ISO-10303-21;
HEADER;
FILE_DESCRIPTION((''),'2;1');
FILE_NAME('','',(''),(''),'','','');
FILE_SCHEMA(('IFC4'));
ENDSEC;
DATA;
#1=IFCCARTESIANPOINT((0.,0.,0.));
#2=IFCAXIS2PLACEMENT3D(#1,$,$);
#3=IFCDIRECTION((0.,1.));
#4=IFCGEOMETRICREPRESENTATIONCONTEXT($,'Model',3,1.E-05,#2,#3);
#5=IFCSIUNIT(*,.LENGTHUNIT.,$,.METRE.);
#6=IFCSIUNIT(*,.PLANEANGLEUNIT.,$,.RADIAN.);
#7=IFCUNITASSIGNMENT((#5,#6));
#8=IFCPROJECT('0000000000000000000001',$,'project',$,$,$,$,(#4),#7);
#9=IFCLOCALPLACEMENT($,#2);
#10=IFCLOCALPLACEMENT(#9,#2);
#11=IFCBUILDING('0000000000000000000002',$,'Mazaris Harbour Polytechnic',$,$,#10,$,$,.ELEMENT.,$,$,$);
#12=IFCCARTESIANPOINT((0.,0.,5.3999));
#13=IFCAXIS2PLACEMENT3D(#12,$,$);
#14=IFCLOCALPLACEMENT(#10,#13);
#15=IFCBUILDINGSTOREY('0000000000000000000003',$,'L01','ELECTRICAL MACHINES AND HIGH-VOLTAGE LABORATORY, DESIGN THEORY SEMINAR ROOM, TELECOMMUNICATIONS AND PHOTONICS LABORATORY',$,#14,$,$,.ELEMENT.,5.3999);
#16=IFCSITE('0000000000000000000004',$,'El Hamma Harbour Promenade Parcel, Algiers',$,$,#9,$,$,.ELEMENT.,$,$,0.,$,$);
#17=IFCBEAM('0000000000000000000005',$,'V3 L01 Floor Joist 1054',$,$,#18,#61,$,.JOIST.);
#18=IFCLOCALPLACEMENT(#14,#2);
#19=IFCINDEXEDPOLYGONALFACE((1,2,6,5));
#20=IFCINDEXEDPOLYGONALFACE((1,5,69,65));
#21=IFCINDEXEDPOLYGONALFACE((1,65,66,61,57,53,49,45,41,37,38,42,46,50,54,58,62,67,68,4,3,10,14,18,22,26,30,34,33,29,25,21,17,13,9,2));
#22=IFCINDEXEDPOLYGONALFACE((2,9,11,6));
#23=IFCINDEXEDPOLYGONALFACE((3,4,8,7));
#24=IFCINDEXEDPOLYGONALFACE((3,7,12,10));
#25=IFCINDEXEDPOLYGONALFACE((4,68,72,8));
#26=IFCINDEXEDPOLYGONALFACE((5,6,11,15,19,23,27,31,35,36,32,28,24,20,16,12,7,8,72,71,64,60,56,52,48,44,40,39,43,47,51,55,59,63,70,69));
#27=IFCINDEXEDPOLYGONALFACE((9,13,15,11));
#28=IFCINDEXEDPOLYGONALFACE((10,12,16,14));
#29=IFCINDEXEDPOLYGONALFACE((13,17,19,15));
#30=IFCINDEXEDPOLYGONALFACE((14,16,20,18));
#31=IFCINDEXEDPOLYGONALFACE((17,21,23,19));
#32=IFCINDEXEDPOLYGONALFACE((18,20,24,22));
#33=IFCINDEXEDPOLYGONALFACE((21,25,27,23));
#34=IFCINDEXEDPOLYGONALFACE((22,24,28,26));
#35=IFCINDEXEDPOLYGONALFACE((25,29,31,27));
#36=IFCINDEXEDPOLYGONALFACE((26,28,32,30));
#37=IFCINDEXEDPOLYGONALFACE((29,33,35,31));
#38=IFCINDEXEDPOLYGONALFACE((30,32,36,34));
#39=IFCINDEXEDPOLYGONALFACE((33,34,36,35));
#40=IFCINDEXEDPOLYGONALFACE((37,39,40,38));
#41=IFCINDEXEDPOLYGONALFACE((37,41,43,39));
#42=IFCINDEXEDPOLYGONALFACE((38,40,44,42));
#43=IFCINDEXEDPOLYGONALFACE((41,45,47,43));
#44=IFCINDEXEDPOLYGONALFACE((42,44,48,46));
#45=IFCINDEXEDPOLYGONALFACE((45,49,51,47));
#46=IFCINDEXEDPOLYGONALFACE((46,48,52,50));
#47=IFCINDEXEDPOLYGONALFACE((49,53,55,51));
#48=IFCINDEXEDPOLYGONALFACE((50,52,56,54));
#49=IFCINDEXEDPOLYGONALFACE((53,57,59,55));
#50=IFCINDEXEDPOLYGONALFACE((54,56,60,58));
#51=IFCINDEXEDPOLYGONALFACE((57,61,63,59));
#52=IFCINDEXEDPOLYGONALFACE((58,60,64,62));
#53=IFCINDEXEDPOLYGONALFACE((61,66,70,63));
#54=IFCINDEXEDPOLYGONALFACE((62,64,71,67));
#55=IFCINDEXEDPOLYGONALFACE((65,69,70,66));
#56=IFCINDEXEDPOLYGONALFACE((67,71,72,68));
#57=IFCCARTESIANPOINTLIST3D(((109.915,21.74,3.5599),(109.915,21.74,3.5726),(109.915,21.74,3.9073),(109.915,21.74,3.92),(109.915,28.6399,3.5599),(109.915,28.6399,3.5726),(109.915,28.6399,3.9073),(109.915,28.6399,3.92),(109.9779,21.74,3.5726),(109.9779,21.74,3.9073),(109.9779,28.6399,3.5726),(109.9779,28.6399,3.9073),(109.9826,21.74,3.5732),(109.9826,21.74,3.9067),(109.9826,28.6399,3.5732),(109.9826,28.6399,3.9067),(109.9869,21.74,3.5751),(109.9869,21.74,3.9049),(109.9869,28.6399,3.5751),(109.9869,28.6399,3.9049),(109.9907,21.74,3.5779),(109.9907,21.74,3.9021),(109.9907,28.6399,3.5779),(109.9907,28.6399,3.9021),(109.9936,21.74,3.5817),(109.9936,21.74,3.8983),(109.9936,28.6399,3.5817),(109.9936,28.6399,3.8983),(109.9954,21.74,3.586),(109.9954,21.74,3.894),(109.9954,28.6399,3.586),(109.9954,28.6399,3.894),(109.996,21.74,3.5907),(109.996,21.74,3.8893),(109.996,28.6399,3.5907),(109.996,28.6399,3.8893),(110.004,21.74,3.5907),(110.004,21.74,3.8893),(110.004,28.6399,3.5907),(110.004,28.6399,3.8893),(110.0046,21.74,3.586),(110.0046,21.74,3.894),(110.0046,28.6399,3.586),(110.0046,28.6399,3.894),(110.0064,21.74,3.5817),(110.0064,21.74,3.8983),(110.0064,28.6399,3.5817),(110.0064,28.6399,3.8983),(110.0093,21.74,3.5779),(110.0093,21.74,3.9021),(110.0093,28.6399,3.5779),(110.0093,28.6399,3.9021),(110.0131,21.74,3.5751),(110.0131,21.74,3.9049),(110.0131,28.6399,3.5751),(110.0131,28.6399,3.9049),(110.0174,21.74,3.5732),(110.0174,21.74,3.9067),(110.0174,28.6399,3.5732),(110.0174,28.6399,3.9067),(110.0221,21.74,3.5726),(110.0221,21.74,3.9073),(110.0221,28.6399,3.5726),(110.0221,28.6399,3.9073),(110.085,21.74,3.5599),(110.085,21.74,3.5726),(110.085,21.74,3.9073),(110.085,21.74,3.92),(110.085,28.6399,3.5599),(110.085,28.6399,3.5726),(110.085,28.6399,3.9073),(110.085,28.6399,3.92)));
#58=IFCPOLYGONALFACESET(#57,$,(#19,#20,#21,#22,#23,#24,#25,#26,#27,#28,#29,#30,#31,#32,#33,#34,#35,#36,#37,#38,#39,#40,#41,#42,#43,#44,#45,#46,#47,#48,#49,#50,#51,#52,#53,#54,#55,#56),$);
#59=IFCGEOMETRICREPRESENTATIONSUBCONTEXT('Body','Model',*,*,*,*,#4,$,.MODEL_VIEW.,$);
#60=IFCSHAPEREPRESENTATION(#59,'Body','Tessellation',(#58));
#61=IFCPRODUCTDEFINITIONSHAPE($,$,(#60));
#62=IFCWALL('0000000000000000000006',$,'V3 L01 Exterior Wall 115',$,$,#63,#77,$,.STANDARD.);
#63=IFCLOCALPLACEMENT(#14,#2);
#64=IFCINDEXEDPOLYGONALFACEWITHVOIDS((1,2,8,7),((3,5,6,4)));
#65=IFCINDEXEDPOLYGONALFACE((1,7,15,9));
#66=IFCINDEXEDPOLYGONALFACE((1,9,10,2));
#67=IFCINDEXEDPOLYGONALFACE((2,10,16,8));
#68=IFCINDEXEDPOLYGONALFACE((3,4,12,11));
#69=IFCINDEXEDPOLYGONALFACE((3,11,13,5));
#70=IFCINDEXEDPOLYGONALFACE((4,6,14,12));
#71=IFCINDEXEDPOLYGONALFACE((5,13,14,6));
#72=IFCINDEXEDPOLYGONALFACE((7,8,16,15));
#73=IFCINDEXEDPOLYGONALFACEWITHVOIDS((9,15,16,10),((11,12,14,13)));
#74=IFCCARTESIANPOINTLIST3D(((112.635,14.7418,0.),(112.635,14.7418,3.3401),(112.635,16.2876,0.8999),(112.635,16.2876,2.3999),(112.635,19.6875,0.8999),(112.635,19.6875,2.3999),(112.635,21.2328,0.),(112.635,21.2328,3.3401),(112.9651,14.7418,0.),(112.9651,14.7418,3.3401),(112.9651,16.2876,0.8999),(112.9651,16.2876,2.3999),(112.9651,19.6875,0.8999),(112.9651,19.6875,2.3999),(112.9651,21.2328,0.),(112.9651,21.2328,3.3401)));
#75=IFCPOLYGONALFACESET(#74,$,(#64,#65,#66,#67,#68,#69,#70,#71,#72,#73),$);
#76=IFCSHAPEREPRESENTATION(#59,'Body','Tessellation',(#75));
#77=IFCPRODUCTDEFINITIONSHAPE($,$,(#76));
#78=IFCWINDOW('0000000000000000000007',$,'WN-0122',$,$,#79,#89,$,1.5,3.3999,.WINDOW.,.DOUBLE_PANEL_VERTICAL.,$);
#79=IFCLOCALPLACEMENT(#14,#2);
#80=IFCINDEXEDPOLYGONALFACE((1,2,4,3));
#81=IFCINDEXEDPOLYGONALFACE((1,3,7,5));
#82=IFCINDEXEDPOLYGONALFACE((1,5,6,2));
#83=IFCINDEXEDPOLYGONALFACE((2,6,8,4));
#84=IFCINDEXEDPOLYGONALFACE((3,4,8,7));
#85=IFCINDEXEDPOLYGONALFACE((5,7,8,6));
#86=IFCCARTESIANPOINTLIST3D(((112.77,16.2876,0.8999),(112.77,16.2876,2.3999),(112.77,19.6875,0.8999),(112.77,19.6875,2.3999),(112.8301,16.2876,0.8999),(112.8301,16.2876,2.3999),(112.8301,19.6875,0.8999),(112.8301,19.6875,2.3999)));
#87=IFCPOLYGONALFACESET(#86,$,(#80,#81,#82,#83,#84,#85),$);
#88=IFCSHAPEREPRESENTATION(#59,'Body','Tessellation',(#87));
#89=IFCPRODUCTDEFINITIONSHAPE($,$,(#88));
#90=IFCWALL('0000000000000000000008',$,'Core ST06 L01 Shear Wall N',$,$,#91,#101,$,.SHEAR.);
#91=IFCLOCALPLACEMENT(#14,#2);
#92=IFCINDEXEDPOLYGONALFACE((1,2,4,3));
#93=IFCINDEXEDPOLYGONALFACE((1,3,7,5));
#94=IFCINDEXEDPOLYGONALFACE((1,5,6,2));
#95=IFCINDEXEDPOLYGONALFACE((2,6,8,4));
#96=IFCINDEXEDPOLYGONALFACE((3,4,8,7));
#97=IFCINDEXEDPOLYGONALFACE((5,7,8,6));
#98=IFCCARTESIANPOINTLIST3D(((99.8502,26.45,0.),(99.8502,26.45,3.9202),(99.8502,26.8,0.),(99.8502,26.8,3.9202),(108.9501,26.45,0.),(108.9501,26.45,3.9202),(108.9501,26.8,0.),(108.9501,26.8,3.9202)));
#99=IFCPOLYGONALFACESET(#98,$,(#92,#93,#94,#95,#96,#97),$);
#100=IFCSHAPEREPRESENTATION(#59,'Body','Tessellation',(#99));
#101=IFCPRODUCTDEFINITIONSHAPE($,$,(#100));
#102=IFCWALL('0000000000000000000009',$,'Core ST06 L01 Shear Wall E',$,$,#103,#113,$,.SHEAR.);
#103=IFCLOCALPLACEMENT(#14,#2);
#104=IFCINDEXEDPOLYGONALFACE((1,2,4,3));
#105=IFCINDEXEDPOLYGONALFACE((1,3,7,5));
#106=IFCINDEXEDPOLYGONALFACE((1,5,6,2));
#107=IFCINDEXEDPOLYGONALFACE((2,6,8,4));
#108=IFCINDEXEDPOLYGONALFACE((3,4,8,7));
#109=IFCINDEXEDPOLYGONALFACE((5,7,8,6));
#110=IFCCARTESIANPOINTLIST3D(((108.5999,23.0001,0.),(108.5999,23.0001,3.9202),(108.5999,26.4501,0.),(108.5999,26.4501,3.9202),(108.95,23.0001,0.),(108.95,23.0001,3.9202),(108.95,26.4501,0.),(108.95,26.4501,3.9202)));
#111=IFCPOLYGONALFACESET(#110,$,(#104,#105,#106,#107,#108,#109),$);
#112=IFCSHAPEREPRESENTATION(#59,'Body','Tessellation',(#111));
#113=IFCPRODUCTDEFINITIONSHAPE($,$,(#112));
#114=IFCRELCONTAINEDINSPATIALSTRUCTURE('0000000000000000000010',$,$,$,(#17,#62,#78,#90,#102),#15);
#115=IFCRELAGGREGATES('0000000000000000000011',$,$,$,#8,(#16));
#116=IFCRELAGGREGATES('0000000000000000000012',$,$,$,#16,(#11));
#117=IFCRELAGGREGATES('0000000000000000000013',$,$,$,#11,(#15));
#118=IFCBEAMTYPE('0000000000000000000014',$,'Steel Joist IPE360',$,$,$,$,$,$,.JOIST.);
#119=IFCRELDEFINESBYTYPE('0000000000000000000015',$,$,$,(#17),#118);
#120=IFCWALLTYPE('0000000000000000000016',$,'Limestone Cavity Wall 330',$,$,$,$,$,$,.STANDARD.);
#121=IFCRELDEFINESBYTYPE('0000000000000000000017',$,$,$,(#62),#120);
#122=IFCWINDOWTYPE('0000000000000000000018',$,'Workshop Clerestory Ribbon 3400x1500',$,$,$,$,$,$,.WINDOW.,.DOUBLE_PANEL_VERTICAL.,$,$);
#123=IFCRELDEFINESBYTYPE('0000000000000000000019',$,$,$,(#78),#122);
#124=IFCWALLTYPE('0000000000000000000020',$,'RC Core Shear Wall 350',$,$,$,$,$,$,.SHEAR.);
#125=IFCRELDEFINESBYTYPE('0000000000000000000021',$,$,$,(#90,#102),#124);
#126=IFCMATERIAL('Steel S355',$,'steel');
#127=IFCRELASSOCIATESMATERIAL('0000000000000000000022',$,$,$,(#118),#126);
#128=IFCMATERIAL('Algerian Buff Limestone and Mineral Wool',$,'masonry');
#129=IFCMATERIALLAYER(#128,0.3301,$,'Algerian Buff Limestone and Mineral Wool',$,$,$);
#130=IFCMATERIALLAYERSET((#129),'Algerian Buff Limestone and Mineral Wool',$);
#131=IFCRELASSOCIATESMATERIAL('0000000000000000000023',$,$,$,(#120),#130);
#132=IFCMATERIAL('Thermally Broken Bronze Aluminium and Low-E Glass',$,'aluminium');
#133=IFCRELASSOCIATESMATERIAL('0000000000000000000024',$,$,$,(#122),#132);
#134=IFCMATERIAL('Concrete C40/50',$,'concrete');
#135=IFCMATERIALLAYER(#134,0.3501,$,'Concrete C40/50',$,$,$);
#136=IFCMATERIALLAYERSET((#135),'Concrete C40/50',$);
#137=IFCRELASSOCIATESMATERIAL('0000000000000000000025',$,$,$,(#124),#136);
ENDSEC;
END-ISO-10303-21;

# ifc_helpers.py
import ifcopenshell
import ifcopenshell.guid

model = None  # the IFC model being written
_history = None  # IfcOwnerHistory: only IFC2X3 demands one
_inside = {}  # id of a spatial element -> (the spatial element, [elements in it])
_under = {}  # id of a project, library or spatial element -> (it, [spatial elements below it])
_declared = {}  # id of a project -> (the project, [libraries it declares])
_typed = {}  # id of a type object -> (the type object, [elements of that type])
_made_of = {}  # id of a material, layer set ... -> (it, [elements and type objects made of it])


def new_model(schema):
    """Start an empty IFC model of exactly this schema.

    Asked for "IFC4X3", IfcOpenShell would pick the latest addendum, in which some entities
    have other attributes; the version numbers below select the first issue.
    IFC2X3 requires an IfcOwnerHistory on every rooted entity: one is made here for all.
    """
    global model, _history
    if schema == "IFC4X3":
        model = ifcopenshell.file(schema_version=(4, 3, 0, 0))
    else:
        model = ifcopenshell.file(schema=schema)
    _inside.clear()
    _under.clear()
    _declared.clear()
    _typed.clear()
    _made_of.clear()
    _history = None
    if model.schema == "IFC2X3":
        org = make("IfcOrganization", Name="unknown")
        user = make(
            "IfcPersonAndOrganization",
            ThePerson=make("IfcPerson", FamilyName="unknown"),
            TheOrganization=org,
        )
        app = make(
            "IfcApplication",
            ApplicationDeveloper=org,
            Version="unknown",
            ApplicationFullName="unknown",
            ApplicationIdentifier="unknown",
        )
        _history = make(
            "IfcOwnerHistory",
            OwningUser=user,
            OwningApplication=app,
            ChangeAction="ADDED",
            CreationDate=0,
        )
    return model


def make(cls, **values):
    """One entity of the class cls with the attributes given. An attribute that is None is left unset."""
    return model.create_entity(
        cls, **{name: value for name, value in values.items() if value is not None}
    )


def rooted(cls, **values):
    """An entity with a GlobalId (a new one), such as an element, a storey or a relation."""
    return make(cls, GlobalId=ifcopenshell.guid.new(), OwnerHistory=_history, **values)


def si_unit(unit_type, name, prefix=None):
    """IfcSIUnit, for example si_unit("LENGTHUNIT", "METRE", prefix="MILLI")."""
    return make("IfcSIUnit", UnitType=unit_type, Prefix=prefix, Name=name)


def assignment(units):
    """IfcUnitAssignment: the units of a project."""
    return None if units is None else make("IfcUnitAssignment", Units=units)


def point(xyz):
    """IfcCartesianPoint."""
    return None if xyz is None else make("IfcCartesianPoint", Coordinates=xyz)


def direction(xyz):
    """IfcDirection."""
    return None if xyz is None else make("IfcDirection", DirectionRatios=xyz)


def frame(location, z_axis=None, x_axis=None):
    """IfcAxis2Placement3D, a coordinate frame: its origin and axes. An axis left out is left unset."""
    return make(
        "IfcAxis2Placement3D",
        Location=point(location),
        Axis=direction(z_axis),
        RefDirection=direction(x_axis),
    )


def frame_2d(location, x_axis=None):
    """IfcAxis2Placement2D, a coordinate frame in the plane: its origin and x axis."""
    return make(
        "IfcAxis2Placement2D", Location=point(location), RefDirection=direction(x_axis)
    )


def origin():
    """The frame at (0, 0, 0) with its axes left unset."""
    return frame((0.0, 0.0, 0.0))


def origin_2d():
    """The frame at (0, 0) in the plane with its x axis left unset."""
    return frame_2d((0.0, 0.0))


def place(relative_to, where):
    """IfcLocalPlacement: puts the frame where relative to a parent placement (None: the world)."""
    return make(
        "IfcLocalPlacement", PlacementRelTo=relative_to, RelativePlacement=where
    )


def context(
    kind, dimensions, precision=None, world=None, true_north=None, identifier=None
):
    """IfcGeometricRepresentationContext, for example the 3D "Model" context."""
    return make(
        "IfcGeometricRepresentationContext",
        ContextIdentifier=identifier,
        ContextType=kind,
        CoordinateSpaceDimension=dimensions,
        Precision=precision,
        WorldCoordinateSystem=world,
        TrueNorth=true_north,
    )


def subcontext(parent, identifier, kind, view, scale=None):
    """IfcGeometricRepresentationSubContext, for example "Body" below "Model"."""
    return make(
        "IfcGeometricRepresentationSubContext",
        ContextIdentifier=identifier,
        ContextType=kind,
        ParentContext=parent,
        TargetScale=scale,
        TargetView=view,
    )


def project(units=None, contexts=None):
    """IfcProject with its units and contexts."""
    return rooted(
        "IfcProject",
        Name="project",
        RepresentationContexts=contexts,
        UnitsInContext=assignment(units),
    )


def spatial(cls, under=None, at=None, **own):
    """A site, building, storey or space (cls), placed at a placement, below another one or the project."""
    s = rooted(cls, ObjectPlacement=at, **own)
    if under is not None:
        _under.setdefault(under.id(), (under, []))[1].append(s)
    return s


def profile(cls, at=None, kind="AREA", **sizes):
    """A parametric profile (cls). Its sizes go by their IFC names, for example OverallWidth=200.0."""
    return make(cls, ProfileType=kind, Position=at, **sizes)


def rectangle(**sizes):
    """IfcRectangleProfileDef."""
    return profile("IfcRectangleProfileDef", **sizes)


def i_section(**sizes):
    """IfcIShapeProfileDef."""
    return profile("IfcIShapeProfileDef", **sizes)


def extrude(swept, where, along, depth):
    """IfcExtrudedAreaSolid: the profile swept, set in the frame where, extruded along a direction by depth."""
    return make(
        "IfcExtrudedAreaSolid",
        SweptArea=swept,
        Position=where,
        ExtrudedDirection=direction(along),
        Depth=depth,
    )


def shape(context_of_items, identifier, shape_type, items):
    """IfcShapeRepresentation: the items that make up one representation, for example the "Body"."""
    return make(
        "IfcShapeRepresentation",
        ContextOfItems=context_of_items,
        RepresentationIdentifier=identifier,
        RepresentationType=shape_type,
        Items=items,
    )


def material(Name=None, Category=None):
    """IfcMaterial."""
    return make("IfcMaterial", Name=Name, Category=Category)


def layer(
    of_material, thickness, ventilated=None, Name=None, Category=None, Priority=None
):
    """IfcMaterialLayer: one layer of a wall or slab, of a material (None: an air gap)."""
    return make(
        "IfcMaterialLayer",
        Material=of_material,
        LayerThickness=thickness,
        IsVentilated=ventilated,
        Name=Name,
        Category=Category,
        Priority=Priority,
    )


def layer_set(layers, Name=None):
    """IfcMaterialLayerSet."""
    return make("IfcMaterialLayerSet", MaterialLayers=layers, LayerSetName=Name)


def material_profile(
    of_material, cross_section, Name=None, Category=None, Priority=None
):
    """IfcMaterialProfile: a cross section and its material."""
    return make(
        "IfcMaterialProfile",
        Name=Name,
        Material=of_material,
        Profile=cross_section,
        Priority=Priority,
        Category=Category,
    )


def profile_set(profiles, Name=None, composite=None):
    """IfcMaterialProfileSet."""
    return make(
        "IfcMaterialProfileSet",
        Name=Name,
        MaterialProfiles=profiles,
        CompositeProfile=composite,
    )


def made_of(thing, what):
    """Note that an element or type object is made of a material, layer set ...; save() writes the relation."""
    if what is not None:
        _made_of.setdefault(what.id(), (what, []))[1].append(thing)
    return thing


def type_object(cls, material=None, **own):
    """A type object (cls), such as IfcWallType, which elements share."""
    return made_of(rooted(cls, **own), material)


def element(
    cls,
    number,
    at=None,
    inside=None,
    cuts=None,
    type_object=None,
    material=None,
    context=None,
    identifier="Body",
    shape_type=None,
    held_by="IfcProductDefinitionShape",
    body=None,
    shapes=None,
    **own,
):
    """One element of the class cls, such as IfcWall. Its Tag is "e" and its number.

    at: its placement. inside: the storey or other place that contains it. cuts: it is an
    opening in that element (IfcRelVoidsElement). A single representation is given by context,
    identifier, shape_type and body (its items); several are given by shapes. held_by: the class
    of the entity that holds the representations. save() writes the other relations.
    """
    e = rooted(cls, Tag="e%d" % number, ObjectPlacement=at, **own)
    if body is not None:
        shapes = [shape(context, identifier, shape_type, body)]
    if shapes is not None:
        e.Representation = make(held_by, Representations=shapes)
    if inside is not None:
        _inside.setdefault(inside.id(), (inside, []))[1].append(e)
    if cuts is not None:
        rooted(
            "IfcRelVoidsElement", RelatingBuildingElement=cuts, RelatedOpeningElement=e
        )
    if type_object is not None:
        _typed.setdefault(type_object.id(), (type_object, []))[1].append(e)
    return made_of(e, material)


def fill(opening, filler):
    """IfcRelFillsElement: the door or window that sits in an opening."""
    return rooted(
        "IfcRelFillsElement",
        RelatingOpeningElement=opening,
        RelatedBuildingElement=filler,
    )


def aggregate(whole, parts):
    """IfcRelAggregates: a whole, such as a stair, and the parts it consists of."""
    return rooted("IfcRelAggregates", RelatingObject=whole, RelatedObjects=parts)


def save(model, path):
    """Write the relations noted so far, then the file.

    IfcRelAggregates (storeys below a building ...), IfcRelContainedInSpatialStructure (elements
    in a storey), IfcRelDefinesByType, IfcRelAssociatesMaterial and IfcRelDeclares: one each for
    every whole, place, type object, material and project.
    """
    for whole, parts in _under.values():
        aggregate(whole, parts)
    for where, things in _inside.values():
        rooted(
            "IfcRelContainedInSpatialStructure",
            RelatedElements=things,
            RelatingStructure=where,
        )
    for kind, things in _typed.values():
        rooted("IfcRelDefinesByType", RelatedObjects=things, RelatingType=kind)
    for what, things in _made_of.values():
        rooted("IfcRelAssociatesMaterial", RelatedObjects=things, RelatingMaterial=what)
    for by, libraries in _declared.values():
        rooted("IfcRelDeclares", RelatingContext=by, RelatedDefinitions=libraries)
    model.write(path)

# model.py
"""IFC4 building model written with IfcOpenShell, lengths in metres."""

from ifc_helpers import new_model, si_unit, direction, frame, frame_2d, origin, origin_2d, place, context, subcontext, project, spatial, rectangle, i_section, extrude, material, layer, layer_set, material_profile, profile_set, type_object, element, fill, save


model = new_model("IFC4")

# Units and contexts
model_context = context("Model", 3, precision=1e-05, world=origin(), true_north=direction((0.0, 1.0)))
body_context = subcontext(model_context, "Body", "Model", "MODEL_VIEW")
ifc_project = project(units=[si_unit("LENGTHUNIT", "METRE"), si_unit("PLANEANGLEUNIT", "RADIAN")], contexts=[model_context])

# Site, building, storey
site_placement = place(None, origin())
site = spatial("IfcSite", under=ifc_project, at=site_placement, Name="El Hamma Harbour Promenade Parcel, Algiers", CompositionType="ELEMENT", RefElevation=0.0)
building_placement = place(site_placement, origin())
building = spatial("IfcBuilding", under=site, at=building_placement, Name="Mazaris Harbour Polytechnic", CompositionType="ELEMENT")
storey_placement = place(building_placement, frame((0.0, 0.0, 5.3999)))
storey = spatial("IfcBuildingStorey", under=building, at=storey_placement, Name="L01", Description="ELECTRICAL MACHINES AND HIGH-VOLTAGE LABORATORY, DESIGN THEORY SEMINAR ROOM, TELECOMMUNICATIONS AND PHOTONICS LABORATORY", CompositionType="ELEMENT", Elevation=5.3999)

# Beam
ifc_material_1 = material(Name="Steel S355", Category="steel")
ifc_material_profile_1 = material_profile(ifc_material_1, i_section(OverallWidth=0.1699, OverallDepth=0.3601, WebThickness=0.0081, FlangeThickness=0.0127, FilletRadius=0.0181, at=origin_2d()), Name="IPE 360")
ifc_profile_set_1 = profile_set([ifc_material_profile_1], Name="Steel S355")
beam_type_1 = type_object("IfcBeamType", Name="Steel Joist IPE360", PredefinedType="JOIST", material=ifc_profile_set_1)
beam_1_placement = place(storey_placement, frame((110.0, 21.74, 3.74), z_axis=(0.0, 1.0, 0.0), x_axis=(-1.0, 0.0, 0.0)))
element("IfcBeam", 1, at=beam_1_placement, inside=storey, type_object=beam_type_1, Name="V3 L01 Floor Joist 1054", PredefinedType="JOIST", context=body_context, shape_type="SweptSolid", body=[
    extrude(i_section(OverallWidth=0.1699, OverallDepth=0.3601, WebThickness=0.0081, FlangeThickness=0.0127, FilletRadius=0.0181, at=origin_2d()), origin(), (0.0, 0.0, 1.0), 6.8999),
])

# Wall, opening, window
ifc_material_2 = material(Name="Algerian Buff Limestone and Mineral Wool", Category="masonry")
ifc_layer_1 = layer(ifc_material_2, 0.3301, Name="Algerian Buff Limestone and Mineral Wool")
ifc_layer_set_1 = layer_set([ifc_layer_1], Name="Algerian Buff Limestone and Mineral Wool")
wall_type_1 = type_object("IfcWallType", Name="Limestone Cavity Wall 330", PredefinedType="STANDARD", material=ifc_layer_set_1)
wall_1_placement = place(storey_placement, frame((112.8, 21.2329, 0.0), z_axis=(0.0, 0.0, 1.0), x_axis=(0.0, -1.0, 0.0)))
wall_1 = element("IfcWall", 2, at=wall_1_placement, inside=storey, type_object=wall_type_1, Name="V3 L01 Exterior Wall 115", PredefinedType="STANDARD", context=body_context, shape_type="SweptSolid", body=[
    extrude(rectangle(XDim=6.491, YDim=0.3301, at=frame_2d((3.2456, 0.0))), origin(), (0.0, 0.0, 1.0), 3.3401),
])
opening_placement = place(wall_1_placement, frame((1.5454, 0.0, 0.8999)))
opening = element("IfcOpeningElement", 3, at=opening_placement, cuts=wall_1, PredefinedType="OPENING", context=body_context, shape_type="SweptSolid", body=[
    extrude(rectangle(XDim=3.3999, YDim=1.5, at=frame_2d((1.7, 0.75))), frame((0.0, 0.175, 0.0), z_axis=(0.0, -1.0, 0.0), x_axis=(1.0, 0.0, 0.0)), (0.0, 0.0, 1.0), 0.3501),
])
ifc_material_3 = material(Name="Thermally Broken Bronze Aluminium and Low-E Glass", Category="aluminium")
window_type = type_object("IfcWindowType", Name="Workshop Clerestory Ribbon 3400x1500", PartitioningType="DOUBLE_PANEL_VERTICAL", PredefinedType="WINDOW", material=ifc_material_3)
window_placement = place(opening_placement, origin())
window = element("IfcWindow", 4, at=window_placement, inside=storey, type_object=window_type, Name="WN-0122", OverallHeight=1.5, OverallWidth=3.3999, PartitioningType="DOUBLE_PANEL_VERTICAL", PredefinedType="WINDOW", context=body_context, shape_type="SweptSolid", body=[
    extrude(rectangle(XDim=3.3999, YDim=1.5, at=frame_2d((1.7, 0.75))), frame((0.0, 0.03, 0.0), z_axis=(0.0, -1.0, 0.0), x_axis=(1.0, 0.0, 0.0)), (0.0, 0.0, 1.0), 0.0601),
])
fill(opening, window)

# Walls
ifc_material_4 = material(Name="Concrete C40/50", Category="concrete")
ifc_layer_2 = layer(ifc_material_4, 0.3501, Name="Concrete C40/50")
ifc_layer_set_2 = layer_set([ifc_layer_2], Name="Concrete C40/50")
wall_type_2 = type_object("IfcWallType", Name="RC Core Shear Wall 350", PredefinedType="SHEAR", material=ifc_layer_set_2)
wall_2_placement = place(storey_placement, frame((108.95, 26.625, 0.0), z_axis=(0.0, 0.0, 1.0), x_axis=(-1.0, 0.0, 0.0)))
element("IfcWall", 5, at=wall_2_placement, inside=storey, type_object=wall_type_2, Name="Core ST06 L01 Shear Wall N", PredefinedType="SHEAR", context=body_context, shape_type="SweptSolid", body=[
    extrude(rectangle(XDim=9.0999, YDim=0.3501, at=frame_2d((4.5498, 0.0))), origin(), (0.0, 0.0, 1.0), 3.9202),
])
wall_3_placement = place(storey_placement, frame((108.7749, 23.0, 0.0), z_axis=(0.0, 0.0, 1.0), x_axis=(0.0, 1.0, 0.0)))
element("IfcWall", 6, at=wall_3_placement, inside=storey, type_object=wall_type_2, Name="Core ST06 L01 Shear Wall E", PredefinedType="SHEAR", context=body_context, shape_type="SweptSolid", body=[
    extrude(rectangle(XDim=3.45, YDim=0.3501, at=frame_2d((1.7251, 0.0))), origin(), (0.0, 0.0, 1.0), 3.9202),
])

save(model, "model.ifc")
